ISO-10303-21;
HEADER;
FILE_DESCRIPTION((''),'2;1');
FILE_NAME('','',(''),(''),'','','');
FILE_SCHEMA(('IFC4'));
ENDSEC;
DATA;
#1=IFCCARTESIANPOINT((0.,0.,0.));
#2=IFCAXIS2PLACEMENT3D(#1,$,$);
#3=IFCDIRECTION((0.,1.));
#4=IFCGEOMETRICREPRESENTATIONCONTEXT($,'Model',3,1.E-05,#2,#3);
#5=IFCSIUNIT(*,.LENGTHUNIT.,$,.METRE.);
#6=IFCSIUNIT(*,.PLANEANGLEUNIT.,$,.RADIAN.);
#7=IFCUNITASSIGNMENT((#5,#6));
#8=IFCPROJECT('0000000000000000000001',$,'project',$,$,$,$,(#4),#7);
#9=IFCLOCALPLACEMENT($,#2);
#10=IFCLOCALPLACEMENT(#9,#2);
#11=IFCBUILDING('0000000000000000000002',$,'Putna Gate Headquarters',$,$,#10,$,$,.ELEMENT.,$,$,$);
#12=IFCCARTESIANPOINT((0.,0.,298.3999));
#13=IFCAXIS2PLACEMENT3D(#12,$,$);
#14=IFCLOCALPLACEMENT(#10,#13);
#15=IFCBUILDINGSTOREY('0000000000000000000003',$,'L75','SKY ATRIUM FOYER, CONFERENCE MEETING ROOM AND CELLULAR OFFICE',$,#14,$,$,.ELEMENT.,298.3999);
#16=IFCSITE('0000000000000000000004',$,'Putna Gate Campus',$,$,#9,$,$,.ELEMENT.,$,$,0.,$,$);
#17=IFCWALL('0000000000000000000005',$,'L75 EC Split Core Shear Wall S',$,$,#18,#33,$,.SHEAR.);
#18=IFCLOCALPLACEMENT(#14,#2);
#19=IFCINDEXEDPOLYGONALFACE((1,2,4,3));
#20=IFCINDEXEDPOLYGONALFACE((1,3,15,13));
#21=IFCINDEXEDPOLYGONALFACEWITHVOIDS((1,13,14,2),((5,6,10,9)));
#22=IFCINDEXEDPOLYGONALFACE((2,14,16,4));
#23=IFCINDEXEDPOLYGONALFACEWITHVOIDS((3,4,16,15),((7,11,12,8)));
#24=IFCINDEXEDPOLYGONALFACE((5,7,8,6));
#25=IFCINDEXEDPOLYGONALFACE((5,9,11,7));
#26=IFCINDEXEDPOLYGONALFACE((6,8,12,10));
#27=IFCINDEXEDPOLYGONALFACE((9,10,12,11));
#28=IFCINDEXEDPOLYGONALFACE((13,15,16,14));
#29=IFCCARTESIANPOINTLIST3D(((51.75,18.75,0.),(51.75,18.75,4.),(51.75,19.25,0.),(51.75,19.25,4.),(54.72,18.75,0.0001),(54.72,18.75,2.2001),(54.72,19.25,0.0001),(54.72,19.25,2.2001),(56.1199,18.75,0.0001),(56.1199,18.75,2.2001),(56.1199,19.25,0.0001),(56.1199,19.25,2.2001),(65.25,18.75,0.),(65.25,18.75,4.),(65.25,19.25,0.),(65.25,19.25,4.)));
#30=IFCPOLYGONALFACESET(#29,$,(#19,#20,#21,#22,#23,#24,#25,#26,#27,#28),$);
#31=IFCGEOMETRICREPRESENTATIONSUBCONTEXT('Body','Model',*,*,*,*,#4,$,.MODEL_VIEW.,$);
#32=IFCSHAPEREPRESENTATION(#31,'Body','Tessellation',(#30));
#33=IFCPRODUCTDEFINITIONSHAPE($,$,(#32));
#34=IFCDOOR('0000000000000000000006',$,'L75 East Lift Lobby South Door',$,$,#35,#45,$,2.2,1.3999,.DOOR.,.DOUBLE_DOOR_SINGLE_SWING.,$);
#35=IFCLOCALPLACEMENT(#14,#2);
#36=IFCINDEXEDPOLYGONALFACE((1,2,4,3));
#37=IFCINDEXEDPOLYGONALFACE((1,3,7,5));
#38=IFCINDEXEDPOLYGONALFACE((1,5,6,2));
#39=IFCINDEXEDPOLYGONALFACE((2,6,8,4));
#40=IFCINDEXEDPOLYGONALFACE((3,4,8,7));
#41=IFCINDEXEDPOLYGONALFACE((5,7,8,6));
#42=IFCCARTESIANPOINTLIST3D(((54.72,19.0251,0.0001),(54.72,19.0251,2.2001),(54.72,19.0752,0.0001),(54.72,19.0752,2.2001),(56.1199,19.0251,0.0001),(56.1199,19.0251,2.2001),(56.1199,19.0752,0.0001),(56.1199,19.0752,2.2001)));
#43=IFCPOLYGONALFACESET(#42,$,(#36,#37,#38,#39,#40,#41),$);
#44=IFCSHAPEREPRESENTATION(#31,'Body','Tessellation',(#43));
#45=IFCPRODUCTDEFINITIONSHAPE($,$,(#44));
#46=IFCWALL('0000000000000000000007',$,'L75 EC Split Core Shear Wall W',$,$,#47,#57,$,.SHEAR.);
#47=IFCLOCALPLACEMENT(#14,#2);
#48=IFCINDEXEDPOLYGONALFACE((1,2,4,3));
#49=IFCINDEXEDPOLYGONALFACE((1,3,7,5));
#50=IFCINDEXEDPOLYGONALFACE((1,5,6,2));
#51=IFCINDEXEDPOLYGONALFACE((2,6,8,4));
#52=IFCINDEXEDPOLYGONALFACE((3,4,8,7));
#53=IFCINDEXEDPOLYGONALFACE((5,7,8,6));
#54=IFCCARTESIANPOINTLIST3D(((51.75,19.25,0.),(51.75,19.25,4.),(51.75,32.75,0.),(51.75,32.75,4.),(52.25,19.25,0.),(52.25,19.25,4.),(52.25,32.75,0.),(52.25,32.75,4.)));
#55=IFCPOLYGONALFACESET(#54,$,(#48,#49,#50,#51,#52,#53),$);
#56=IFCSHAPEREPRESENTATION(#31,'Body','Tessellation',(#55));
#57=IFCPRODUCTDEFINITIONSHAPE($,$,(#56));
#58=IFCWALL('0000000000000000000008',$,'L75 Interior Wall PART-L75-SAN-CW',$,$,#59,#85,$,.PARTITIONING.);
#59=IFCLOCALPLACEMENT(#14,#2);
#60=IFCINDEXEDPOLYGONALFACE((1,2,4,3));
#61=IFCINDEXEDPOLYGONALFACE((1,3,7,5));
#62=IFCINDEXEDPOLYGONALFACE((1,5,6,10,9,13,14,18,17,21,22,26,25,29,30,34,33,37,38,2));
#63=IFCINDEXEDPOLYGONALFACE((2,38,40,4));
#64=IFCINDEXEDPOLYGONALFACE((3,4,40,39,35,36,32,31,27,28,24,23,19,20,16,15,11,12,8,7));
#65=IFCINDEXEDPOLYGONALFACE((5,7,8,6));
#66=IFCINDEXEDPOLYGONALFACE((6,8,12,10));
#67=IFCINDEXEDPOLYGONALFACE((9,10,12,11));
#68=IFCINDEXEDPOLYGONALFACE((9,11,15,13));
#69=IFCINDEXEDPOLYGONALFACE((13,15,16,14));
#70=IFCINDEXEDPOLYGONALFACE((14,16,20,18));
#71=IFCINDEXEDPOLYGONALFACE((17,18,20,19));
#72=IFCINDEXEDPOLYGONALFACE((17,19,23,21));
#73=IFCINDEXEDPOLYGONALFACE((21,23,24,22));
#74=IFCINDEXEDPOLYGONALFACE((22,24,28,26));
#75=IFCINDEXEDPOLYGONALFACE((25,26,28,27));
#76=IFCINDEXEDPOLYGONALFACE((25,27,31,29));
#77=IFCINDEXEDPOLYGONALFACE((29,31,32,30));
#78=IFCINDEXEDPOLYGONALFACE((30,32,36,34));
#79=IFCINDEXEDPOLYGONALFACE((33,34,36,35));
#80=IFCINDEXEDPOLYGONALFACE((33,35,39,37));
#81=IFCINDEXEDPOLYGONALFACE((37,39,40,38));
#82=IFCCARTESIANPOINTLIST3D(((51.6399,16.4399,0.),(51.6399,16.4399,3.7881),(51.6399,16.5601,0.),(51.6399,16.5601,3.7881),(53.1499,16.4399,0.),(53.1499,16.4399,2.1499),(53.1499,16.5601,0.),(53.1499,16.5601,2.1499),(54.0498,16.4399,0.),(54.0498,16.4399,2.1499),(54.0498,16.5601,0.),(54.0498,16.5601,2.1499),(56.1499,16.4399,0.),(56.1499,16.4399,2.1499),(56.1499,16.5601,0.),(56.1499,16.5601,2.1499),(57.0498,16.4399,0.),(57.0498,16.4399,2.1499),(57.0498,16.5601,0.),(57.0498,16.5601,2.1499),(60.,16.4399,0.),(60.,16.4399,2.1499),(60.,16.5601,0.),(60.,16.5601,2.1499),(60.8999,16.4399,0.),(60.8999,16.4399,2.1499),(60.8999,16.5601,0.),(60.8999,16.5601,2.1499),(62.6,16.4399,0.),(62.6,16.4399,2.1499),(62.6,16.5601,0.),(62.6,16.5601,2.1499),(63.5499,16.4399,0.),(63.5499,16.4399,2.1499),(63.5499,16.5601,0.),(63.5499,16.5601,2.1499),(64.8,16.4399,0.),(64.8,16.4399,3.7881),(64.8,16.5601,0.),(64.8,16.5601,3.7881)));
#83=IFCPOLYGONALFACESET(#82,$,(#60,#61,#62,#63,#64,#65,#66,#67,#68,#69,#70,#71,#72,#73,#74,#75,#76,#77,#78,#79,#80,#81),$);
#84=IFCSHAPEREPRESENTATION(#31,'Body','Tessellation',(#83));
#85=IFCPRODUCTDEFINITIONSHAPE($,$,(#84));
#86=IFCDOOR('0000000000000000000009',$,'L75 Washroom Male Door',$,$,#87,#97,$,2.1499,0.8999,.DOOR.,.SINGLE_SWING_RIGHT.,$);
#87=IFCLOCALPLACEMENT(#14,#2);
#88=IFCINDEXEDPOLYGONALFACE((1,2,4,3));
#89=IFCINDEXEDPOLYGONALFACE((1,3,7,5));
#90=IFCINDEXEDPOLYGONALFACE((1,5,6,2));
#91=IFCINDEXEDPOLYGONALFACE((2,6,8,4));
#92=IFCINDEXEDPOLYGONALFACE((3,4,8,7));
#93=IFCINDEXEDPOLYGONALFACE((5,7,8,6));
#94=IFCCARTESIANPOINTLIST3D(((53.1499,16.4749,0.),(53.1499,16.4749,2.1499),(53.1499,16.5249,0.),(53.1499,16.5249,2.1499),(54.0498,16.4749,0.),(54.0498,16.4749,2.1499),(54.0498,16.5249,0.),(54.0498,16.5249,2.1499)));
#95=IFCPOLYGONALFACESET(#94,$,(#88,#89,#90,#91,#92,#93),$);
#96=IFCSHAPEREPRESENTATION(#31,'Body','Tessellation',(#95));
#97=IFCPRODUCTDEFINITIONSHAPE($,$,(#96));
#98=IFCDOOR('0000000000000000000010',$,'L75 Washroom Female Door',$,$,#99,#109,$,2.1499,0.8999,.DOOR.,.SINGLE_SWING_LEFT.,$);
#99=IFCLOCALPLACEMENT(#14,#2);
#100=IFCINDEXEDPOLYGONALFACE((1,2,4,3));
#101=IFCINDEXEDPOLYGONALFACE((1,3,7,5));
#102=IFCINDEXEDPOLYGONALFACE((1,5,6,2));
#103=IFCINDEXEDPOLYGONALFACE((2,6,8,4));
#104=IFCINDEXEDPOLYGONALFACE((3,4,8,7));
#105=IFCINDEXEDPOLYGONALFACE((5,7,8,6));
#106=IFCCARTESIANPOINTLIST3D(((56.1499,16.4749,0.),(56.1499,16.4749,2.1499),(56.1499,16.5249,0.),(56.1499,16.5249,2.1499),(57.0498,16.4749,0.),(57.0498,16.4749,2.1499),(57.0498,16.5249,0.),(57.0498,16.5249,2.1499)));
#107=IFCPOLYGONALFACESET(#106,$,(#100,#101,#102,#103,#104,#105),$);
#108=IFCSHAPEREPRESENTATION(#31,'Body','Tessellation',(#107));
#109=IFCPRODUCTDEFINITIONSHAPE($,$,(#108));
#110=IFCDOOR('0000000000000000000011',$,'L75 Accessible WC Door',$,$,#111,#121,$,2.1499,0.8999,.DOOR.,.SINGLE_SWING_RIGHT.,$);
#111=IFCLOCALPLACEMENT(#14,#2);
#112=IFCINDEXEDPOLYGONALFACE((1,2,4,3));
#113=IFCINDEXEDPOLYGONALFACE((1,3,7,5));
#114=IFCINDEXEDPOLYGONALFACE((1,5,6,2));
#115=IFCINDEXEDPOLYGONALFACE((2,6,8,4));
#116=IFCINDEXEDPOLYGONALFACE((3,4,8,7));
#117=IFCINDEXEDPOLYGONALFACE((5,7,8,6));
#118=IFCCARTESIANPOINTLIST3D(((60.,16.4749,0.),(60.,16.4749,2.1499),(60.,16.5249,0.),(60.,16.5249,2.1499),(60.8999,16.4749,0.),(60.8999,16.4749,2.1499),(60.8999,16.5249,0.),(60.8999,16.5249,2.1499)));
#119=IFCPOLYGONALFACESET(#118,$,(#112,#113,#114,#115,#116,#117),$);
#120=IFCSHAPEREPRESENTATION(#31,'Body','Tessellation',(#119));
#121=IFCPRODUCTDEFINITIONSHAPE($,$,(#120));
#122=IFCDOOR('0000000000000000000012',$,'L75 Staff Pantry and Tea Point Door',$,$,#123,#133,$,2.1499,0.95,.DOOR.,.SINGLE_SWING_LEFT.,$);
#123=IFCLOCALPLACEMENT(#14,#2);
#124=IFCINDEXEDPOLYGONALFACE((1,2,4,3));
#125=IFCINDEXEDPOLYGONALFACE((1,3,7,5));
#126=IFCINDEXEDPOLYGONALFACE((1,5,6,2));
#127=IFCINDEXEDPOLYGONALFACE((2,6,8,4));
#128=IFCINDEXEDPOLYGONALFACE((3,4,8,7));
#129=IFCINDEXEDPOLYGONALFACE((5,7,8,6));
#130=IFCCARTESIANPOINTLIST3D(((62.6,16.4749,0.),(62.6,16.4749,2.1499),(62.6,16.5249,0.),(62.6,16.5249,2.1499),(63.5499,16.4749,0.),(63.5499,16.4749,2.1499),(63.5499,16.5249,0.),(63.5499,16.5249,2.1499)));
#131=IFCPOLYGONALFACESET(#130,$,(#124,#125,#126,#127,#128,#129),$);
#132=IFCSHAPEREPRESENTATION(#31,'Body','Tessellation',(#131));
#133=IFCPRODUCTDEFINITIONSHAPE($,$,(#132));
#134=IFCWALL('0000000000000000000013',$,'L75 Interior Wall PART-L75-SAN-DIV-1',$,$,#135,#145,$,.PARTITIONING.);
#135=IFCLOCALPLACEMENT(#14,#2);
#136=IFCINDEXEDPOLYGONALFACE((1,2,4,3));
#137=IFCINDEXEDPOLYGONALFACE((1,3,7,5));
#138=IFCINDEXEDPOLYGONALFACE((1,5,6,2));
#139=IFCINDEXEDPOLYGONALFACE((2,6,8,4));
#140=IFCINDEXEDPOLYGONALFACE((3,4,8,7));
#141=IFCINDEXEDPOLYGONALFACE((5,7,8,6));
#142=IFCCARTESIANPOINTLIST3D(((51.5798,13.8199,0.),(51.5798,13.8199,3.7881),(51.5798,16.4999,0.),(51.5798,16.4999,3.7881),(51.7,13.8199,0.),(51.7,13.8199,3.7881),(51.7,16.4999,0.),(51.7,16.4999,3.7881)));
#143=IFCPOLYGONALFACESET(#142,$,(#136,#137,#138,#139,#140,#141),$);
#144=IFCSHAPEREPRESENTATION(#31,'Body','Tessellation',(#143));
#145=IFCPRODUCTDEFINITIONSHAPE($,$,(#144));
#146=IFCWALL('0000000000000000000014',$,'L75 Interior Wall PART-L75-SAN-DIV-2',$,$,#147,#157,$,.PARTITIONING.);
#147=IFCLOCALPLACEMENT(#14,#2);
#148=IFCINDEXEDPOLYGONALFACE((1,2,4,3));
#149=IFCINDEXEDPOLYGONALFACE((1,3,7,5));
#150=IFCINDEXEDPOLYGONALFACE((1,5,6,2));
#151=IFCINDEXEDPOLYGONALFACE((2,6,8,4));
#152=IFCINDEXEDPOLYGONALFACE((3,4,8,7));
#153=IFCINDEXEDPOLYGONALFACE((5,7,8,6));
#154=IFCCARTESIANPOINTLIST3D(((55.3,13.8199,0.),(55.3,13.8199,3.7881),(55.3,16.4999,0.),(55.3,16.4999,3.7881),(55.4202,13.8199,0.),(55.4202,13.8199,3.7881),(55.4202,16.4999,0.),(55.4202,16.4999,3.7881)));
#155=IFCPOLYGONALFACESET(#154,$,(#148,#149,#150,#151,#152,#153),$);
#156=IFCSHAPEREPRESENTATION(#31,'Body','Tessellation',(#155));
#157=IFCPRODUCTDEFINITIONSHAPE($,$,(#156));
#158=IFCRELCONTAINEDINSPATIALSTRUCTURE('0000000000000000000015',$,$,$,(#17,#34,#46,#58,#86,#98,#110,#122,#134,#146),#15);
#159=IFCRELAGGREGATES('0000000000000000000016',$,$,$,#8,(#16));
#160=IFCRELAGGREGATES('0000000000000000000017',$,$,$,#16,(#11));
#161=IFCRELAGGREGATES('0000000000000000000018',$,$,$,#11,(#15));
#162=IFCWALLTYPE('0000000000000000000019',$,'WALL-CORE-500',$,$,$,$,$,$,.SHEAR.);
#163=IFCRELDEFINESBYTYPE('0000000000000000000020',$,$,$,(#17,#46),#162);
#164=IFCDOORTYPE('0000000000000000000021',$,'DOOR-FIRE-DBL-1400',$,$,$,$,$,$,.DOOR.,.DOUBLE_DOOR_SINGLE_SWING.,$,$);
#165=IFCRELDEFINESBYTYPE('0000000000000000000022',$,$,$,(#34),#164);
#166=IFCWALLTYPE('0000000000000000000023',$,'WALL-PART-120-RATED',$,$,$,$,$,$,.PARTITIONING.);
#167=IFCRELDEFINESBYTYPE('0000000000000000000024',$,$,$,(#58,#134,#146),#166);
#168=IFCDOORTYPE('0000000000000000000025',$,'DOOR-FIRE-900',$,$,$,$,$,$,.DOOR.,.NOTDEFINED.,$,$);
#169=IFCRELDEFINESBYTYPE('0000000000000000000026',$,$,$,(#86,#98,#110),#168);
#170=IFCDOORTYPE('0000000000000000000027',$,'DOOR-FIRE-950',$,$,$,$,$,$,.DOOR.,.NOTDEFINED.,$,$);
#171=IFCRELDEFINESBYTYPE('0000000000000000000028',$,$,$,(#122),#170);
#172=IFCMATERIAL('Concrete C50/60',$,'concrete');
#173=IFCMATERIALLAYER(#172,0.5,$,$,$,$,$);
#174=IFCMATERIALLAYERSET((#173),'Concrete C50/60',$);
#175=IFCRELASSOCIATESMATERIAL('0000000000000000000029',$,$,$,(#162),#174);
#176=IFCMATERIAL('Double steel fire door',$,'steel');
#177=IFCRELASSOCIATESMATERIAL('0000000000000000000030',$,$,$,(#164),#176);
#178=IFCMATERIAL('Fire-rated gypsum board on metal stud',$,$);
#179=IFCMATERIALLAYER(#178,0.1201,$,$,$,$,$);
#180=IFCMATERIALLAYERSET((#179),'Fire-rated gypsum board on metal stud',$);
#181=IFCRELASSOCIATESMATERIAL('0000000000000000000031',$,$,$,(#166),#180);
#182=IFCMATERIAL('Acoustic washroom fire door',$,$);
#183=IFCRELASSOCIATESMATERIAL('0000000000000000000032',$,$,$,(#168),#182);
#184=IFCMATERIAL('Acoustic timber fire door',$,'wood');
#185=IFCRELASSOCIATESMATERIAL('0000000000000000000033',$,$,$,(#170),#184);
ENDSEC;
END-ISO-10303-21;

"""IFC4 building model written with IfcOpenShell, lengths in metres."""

from ifc_helpers import new_model, si_unit, direction, frame, frame_2d, origin, place, context, subcontext, project, spatial, rectangle, extrude, material, layer, layer_set, type_object, element, fill, save


model = new_model("IFC4")

# Units and contexts
model_context = context("Model", 3, precision=1e-05, world=origin(), true_north=direction((0.0, 1.0)))
body_context = subcontext(model_context, "Body", "Model", "MODEL_VIEW")
ifc_project = project(units=[si_unit("LENGTHUNIT", "METRE"), si_unit("PLANEANGLEUNIT", "RADIAN")], contexts=[model_context])

# Site, building, storey
site_placement = place(None, origin())
site = spatial("IfcSite", under=ifc_project, at=site_placement, Name="Putna Gate Campus", CompositionType="ELEMENT", RefElevation=0.0)
building_placement = place(site_placement, origin())
building = spatial("IfcBuilding", under=site, at=building_placement, Name="Putna Gate Headquarters", CompositionType="ELEMENT")
storey_placement = place(building_placement, frame((0.0, 0.0, 298.3999)))
storey = spatial("IfcBuildingStorey", under=building, at=storey_placement, Name="L75", Description="SKY ATRIUM FOYER, CONFERENCE MEETING ROOM AND CELLULAR OFFICE", CompositionType="ELEMENT", Elevation=298.3999)

# Wall, opening, door
ifc_material_1 = material(Name="Concrete C50/60", Category="concrete")
ifc_layer_1 = layer(ifc_material_1, 0.5)
ifc_layer_set_1 = layer_set([ifc_layer_1], Name="Concrete C50/60")
wall_type_1 = type_object("IfcWallType", Name="WALL-CORE-500", PredefinedType="SHEAR", material=ifc_layer_set_1)
wall_1_placement = place(storey_placement, frame((51.75, 19.0, 0.0), z_axis=(0.0, 0.0, 1.0), x_axis=(1.0, 0.0, 0.0)))
wall_1 = element("IfcWall", 1, at=wall_1_placement, inside=storey, type_object=wall_type_1, Name="L75 EC Split Core Shear Wall S", PredefinedType="SHEAR", context=body_context, shape_type="SweptSolid", body=[
    extrude(rectangle(XDim=13.5, YDim=0.5, at=frame_2d((6.75, 0.0))), origin(), (0.0, 0.0, 1.0), 4.0),
])
opening_1_placement = place(wall_1_placement, frame((2.97, 0.0, 0.0)))
opening_1 = element("IfcOpeningElement", 2, at=opening_1_placement, cuts=wall_1, PredefinedType="OPENING", context=body_context, shape_type="SweptSolid", body=[
    extrude(rectangle(XDim=1.3999, YDim=2.2, at=frame_2d((0.7, 1.1001))), frame((0.0, 0.26, 0.0), z_axis=(0.0, -1.0, 0.0), x_axis=(1.0, 0.0, 0.0)), (0.0, 0.0, 1.0), 0.52),
])
ifc_material_2 = material(Name="Double steel fire door", Category="steel")
door_type_1 = type_object("IfcDoorType", Name="DOOR-FIRE-DBL-1400", OperationType="DOUBLE_DOOR_SINGLE_SWING", PredefinedType="DOOR", material=ifc_material_2)
door_1_placement = place(opening_1_placement, origin())
door_1 = element("IfcDoor", 3, at=door_1_placement, inside=storey, type_object=door_type_1, Name="L75 East Lift Lobby South Door", OperationType="DOUBLE_DOOR_SINGLE_SWING", OverallHeight=2.2, OverallWidth=1.3999, PredefinedType="DOOR", context=body_context, shape_type="SweptSolid", body=[
    extrude(rectangle(XDim=1.3999, YDim=2.2, at=frame_2d((0.7, 1.1001))), frame((0.0, 0.0752, 0.0), z_axis=(0.0, -1.0, 0.0), x_axis=(1.0, 0.0, 0.0)), (0.0, 0.0, 1.0), 0.05),
])
fill(opening_1, door_1)

# Wall
wall_2_placement = place(storey_placement, frame((52.0, 19.25, 0.0), z_axis=(0.0, 0.0, 1.0), x_axis=(0.0, 1.0, 0.0)))
element("IfcWall", 4, at=wall_2_placement, inside=storey, type_object=wall_type_1, Name="L75 EC Split Core Shear Wall W", PredefinedType="SHEAR", context=body_context, shape_type="SweptSolid", body=[
    extrude(rectangle(XDim=13.5, YDim=0.5, at=frame_2d((6.75, 0.0))), origin(), (0.0, 0.0, 1.0), 4.0),
])

# Wall, openings, doors
ifc_material_3 = material(Name="Fire-rated gypsum board on metal stud")
ifc_layer_2 = layer(ifc_material_3, 0.1201)
ifc_layer_set_2 = layer_set([ifc_layer_2], Name="Fire-rated gypsum board on metal stud")
wall_type_2 = type_object("IfcWallType", Name="WALL-PART-120-RATED", PredefinedType="PARTITIONING", material=ifc_layer_set_2)
wall_3_placement = place(storey_placement, frame((51.6399, 16.5, 0.0), z_axis=(0.0, 0.0, 1.0), x_axis=(1.0, 0.0, 0.0)))
wall_3 = element("IfcWall", 5, at=wall_3_placement, inside=storey, type_object=wall_type_2, Name="L75 Interior Wall PART-L75-SAN-CW", PredefinedType="PARTITIONING", context=body_context, shape_type="SweptSolid", body=[
    extrude(rectangle(XDim=13.1602, YDim=0.1201, at=frame_2d((6.5801, 0.0))), origin(), (0.0, 0.0, 1.0), 3.7881),
])
opening_2_placement = place(wall_3_placement, frame((1.51, 0.0, 0.0)))
opening_2 = element("IfcOpeningElement", 6, at=opening_2_placement, cuts=wall_3, PredefinedType="OPENING", context=body_context, shape_type="SweptSolid", body=[
    extrude(rectangle(XDim=0.8999, YDim=2.1499, at=frame_2d((0.45, 1.075))), frame((0.0, 0.0701, 0.0), z_axis=(0.0, -1.0, 0.0), x_axis=(1.0, 0.0, 0.0)), (0.0, 0.0, 1.0), 0.1401),
])
opening_3_placement = place(wall_3_placement, frame((4.51, 0.0, 0.0)))
opening_3 = element("IfcOpeningElement", 7, at=opening_3_placement, cuts=wall_3, PredefinedType="OPENING", context=body_context, shape_type="SweptSolid", body=[
    extrude(rectangle(XDim=0.8999, YDim=2.1499, at=frame_2d((0.45, 1.075))), frame((0.0, 0.0701, 0.0), z_axis=(0.0, -1.0, 0.0), x_axis=(1.0, 0.0, 0.0)), (0.0, 0.0, 1.0), 0.1401),
])
opening_4_placement = place(wall_3_placement, frame((8.3601, 0.0, 0.0)))
opening_4 = element("IfcOpeningElement", 8, at=opening_4_placement, cuts=wall_3, PredefinedType="OPENING", context=body_context, shape_type="SweptSolid", body=[
    extrude(rectangle(XDim=0.8999, YDim=2.1499, at=frame_2d((0.45, 1.075))), frame((0.0, 0.0701, 0.0), z_axis=(0.0, -1.0, 0.0), x_axis=(1.0, 0.0, 0.0)), (0.0, 0.0, 1.0), 0.1401),
])
opening_5_placement = place(wall_3_placement, frame((10.96, 0.0, 0.0)))
opening_5 = element("IfcOpeningElement", 9, at=opening_5_placement, cuts=wall_3, PredefinedType="OPENING", context=body_context, shape_type="SweptSolid", body=[
    extrude(rectangle(XDim=0.95, YDim=2.1499, at=frame_2d((0.4751, 1.075))), frame((0.0, 0.0701, 0.0), z_axis=(0.0, -1.0, 0.0), x_axis=(1.0, 0.0, 0.0)), (0.0, 0.0, 1.0), 0.1401),
])
ifc_material_4 = material(Name="Acoustic washroom fire door")
door_type_2 = type_object("IfcDoorType", Name="DOOR-FIRE-900", OperationType="NOTDEFINED", PredefinedType="DOOR", material=ifc_material_4)
door_2_placement = place(opening_2_placement, origin())
door_2 = element("IfcDoor", 10, at=door_2_placement, inside=storey, type_object=door_type_2, Name="L75 Washroom Male Door", OperationType="SINGLE_SWING_RIGHT", OverallHeight=2.1499, OverallWidth=0.8999, PredefinedType="DOOR", context=body_context, shape_type="SweptSolid", body=[
    extrude(rectangle(XDim=0.8999, YDim=2.1499, at=frame_2d((0.45, 1.075))), frame((0.0, 0.0249, 0.0), z_axis=(0.0, -1.0, 0.0), x_axis=(1.0, 0.0, 0.0)), (0.0, 0.0, 1.0), 0.05),
])
fill(opening_2, door_2)
door_3_placement = place(opening_3_placement, origin())
door_3 = element("IfcDoor", 11, at=door_3_placement, inside=storey, type_object=door_type_2, Name="L75 Washroom Female Door", OperationType="SINGLE_SWING_LEFT", OverallHeight=2.1499, OverallWidth=0.8999, PredefinedType="DOOR", context=body_context, shape_type="SweptSolid", body=[
    extrude(rectangle(XDim=0.8999, YDim=2.1499, at=frame_2d((0.45, 1.075))), frame((0.0, 0.0249, 0.0), z_axis=(0.0, -1.0, 0.0), x_axis=(1.0, 0.0, 0.0)), (0.0, 0.0, 1.0), 0.05),
])
fill(opening_3, door_3)
door_4_placement = place(opening_4_placement, origin())
door_4 = element("IfcDoor", 12, at=door_4_placement, inside=storey, type_object=door_type_2, Name="L75 Accessible WC Door", OperationType="SINGLE_SWING_RIGHT", OverallHeight=2.1499, OverallWidth=0.8999, PredefinedType="DOOR", context=body_context, shape_type="SweptSolid", body=[
    extrude(rectangle(XDim=0.8999, YDim=2.1499, at=frame_2d((0.45, 1.075))), frame((0.0, 0.0249, 0.0), z_axis=(0.0, -1.0, 0.0), x_axis=(1.0, 0.0, 0.0)), (0.0, 0.0, 1.0), 0.05),
])
fill(opening_4, door_4)
ifc_material_5 = material(Name="Acoustic timber fire door", Category="wood")
door_type_3 = type_object("IfcDoorType", Name="DOOR-FIRE-950", OperationType="NOTDEFINED", PredefinedType="DOOR", material=ifc_material_5)
door_5_placement = place(opening_5_placement, origin())
door_5 = element("IfcDoor", 13, at=door_5_placement, inside=storey, type_object=door_type_3, Name="L75 Staff Pantry and Tea Point Door", OperationType="SINGLE_SWING_LEFT", OverallHeight=2.1499, OverallWidth=0.95, PredefinedType="DOOR", context=body_context, shape_type="SweptSolid", body=[
    extrude(rectangle(XDim=0.95, YDim=2.1499, at=frame_2d((0.4751, 1.075))), frame((0.0, 0.0249, 0.0), z_axis=(0.0, -1.0, 0.0), x_axis=(1.0, 0.0, 0.0)), (0.0, 0.0, 1.0), 0.05),
])
fill(opening_5, door_5)

# Walls
for number, where, z_axis, x_axis, name in (
    (14, (51.6399, 13.8201, 0.0), (0.0, 0.0, 1.0), (0.0, 1.0, 0.0), "L75 Interior Wall PART-L75-SAN-DIV-1"),
    (15, (55.3601, 13.8201, 0.0), (0.0, 0.0, 1.0), (0.0, 1.0, 0.0), "L75 Interior Wall PART-L75-SAN-DIV-2"),
):
    element("IfcWall", number, at=place(storey_placement, frame(where, z_axis=z_axis, x_axis=x_axis)), inside=storey, type_object=wall_type_2, Name=name, PredefinedType="PARTITIONING", context=body_context, shape_type="SweptSolid", body=[
        extrude(rectangle(XDim=2.6799, YDim=0.1201, at=frame_2d((1.3398, 0.0))), origin(), (0.0, 0.0, 1.0), 3.7881),
    ])

save(model, "model.ifc")
